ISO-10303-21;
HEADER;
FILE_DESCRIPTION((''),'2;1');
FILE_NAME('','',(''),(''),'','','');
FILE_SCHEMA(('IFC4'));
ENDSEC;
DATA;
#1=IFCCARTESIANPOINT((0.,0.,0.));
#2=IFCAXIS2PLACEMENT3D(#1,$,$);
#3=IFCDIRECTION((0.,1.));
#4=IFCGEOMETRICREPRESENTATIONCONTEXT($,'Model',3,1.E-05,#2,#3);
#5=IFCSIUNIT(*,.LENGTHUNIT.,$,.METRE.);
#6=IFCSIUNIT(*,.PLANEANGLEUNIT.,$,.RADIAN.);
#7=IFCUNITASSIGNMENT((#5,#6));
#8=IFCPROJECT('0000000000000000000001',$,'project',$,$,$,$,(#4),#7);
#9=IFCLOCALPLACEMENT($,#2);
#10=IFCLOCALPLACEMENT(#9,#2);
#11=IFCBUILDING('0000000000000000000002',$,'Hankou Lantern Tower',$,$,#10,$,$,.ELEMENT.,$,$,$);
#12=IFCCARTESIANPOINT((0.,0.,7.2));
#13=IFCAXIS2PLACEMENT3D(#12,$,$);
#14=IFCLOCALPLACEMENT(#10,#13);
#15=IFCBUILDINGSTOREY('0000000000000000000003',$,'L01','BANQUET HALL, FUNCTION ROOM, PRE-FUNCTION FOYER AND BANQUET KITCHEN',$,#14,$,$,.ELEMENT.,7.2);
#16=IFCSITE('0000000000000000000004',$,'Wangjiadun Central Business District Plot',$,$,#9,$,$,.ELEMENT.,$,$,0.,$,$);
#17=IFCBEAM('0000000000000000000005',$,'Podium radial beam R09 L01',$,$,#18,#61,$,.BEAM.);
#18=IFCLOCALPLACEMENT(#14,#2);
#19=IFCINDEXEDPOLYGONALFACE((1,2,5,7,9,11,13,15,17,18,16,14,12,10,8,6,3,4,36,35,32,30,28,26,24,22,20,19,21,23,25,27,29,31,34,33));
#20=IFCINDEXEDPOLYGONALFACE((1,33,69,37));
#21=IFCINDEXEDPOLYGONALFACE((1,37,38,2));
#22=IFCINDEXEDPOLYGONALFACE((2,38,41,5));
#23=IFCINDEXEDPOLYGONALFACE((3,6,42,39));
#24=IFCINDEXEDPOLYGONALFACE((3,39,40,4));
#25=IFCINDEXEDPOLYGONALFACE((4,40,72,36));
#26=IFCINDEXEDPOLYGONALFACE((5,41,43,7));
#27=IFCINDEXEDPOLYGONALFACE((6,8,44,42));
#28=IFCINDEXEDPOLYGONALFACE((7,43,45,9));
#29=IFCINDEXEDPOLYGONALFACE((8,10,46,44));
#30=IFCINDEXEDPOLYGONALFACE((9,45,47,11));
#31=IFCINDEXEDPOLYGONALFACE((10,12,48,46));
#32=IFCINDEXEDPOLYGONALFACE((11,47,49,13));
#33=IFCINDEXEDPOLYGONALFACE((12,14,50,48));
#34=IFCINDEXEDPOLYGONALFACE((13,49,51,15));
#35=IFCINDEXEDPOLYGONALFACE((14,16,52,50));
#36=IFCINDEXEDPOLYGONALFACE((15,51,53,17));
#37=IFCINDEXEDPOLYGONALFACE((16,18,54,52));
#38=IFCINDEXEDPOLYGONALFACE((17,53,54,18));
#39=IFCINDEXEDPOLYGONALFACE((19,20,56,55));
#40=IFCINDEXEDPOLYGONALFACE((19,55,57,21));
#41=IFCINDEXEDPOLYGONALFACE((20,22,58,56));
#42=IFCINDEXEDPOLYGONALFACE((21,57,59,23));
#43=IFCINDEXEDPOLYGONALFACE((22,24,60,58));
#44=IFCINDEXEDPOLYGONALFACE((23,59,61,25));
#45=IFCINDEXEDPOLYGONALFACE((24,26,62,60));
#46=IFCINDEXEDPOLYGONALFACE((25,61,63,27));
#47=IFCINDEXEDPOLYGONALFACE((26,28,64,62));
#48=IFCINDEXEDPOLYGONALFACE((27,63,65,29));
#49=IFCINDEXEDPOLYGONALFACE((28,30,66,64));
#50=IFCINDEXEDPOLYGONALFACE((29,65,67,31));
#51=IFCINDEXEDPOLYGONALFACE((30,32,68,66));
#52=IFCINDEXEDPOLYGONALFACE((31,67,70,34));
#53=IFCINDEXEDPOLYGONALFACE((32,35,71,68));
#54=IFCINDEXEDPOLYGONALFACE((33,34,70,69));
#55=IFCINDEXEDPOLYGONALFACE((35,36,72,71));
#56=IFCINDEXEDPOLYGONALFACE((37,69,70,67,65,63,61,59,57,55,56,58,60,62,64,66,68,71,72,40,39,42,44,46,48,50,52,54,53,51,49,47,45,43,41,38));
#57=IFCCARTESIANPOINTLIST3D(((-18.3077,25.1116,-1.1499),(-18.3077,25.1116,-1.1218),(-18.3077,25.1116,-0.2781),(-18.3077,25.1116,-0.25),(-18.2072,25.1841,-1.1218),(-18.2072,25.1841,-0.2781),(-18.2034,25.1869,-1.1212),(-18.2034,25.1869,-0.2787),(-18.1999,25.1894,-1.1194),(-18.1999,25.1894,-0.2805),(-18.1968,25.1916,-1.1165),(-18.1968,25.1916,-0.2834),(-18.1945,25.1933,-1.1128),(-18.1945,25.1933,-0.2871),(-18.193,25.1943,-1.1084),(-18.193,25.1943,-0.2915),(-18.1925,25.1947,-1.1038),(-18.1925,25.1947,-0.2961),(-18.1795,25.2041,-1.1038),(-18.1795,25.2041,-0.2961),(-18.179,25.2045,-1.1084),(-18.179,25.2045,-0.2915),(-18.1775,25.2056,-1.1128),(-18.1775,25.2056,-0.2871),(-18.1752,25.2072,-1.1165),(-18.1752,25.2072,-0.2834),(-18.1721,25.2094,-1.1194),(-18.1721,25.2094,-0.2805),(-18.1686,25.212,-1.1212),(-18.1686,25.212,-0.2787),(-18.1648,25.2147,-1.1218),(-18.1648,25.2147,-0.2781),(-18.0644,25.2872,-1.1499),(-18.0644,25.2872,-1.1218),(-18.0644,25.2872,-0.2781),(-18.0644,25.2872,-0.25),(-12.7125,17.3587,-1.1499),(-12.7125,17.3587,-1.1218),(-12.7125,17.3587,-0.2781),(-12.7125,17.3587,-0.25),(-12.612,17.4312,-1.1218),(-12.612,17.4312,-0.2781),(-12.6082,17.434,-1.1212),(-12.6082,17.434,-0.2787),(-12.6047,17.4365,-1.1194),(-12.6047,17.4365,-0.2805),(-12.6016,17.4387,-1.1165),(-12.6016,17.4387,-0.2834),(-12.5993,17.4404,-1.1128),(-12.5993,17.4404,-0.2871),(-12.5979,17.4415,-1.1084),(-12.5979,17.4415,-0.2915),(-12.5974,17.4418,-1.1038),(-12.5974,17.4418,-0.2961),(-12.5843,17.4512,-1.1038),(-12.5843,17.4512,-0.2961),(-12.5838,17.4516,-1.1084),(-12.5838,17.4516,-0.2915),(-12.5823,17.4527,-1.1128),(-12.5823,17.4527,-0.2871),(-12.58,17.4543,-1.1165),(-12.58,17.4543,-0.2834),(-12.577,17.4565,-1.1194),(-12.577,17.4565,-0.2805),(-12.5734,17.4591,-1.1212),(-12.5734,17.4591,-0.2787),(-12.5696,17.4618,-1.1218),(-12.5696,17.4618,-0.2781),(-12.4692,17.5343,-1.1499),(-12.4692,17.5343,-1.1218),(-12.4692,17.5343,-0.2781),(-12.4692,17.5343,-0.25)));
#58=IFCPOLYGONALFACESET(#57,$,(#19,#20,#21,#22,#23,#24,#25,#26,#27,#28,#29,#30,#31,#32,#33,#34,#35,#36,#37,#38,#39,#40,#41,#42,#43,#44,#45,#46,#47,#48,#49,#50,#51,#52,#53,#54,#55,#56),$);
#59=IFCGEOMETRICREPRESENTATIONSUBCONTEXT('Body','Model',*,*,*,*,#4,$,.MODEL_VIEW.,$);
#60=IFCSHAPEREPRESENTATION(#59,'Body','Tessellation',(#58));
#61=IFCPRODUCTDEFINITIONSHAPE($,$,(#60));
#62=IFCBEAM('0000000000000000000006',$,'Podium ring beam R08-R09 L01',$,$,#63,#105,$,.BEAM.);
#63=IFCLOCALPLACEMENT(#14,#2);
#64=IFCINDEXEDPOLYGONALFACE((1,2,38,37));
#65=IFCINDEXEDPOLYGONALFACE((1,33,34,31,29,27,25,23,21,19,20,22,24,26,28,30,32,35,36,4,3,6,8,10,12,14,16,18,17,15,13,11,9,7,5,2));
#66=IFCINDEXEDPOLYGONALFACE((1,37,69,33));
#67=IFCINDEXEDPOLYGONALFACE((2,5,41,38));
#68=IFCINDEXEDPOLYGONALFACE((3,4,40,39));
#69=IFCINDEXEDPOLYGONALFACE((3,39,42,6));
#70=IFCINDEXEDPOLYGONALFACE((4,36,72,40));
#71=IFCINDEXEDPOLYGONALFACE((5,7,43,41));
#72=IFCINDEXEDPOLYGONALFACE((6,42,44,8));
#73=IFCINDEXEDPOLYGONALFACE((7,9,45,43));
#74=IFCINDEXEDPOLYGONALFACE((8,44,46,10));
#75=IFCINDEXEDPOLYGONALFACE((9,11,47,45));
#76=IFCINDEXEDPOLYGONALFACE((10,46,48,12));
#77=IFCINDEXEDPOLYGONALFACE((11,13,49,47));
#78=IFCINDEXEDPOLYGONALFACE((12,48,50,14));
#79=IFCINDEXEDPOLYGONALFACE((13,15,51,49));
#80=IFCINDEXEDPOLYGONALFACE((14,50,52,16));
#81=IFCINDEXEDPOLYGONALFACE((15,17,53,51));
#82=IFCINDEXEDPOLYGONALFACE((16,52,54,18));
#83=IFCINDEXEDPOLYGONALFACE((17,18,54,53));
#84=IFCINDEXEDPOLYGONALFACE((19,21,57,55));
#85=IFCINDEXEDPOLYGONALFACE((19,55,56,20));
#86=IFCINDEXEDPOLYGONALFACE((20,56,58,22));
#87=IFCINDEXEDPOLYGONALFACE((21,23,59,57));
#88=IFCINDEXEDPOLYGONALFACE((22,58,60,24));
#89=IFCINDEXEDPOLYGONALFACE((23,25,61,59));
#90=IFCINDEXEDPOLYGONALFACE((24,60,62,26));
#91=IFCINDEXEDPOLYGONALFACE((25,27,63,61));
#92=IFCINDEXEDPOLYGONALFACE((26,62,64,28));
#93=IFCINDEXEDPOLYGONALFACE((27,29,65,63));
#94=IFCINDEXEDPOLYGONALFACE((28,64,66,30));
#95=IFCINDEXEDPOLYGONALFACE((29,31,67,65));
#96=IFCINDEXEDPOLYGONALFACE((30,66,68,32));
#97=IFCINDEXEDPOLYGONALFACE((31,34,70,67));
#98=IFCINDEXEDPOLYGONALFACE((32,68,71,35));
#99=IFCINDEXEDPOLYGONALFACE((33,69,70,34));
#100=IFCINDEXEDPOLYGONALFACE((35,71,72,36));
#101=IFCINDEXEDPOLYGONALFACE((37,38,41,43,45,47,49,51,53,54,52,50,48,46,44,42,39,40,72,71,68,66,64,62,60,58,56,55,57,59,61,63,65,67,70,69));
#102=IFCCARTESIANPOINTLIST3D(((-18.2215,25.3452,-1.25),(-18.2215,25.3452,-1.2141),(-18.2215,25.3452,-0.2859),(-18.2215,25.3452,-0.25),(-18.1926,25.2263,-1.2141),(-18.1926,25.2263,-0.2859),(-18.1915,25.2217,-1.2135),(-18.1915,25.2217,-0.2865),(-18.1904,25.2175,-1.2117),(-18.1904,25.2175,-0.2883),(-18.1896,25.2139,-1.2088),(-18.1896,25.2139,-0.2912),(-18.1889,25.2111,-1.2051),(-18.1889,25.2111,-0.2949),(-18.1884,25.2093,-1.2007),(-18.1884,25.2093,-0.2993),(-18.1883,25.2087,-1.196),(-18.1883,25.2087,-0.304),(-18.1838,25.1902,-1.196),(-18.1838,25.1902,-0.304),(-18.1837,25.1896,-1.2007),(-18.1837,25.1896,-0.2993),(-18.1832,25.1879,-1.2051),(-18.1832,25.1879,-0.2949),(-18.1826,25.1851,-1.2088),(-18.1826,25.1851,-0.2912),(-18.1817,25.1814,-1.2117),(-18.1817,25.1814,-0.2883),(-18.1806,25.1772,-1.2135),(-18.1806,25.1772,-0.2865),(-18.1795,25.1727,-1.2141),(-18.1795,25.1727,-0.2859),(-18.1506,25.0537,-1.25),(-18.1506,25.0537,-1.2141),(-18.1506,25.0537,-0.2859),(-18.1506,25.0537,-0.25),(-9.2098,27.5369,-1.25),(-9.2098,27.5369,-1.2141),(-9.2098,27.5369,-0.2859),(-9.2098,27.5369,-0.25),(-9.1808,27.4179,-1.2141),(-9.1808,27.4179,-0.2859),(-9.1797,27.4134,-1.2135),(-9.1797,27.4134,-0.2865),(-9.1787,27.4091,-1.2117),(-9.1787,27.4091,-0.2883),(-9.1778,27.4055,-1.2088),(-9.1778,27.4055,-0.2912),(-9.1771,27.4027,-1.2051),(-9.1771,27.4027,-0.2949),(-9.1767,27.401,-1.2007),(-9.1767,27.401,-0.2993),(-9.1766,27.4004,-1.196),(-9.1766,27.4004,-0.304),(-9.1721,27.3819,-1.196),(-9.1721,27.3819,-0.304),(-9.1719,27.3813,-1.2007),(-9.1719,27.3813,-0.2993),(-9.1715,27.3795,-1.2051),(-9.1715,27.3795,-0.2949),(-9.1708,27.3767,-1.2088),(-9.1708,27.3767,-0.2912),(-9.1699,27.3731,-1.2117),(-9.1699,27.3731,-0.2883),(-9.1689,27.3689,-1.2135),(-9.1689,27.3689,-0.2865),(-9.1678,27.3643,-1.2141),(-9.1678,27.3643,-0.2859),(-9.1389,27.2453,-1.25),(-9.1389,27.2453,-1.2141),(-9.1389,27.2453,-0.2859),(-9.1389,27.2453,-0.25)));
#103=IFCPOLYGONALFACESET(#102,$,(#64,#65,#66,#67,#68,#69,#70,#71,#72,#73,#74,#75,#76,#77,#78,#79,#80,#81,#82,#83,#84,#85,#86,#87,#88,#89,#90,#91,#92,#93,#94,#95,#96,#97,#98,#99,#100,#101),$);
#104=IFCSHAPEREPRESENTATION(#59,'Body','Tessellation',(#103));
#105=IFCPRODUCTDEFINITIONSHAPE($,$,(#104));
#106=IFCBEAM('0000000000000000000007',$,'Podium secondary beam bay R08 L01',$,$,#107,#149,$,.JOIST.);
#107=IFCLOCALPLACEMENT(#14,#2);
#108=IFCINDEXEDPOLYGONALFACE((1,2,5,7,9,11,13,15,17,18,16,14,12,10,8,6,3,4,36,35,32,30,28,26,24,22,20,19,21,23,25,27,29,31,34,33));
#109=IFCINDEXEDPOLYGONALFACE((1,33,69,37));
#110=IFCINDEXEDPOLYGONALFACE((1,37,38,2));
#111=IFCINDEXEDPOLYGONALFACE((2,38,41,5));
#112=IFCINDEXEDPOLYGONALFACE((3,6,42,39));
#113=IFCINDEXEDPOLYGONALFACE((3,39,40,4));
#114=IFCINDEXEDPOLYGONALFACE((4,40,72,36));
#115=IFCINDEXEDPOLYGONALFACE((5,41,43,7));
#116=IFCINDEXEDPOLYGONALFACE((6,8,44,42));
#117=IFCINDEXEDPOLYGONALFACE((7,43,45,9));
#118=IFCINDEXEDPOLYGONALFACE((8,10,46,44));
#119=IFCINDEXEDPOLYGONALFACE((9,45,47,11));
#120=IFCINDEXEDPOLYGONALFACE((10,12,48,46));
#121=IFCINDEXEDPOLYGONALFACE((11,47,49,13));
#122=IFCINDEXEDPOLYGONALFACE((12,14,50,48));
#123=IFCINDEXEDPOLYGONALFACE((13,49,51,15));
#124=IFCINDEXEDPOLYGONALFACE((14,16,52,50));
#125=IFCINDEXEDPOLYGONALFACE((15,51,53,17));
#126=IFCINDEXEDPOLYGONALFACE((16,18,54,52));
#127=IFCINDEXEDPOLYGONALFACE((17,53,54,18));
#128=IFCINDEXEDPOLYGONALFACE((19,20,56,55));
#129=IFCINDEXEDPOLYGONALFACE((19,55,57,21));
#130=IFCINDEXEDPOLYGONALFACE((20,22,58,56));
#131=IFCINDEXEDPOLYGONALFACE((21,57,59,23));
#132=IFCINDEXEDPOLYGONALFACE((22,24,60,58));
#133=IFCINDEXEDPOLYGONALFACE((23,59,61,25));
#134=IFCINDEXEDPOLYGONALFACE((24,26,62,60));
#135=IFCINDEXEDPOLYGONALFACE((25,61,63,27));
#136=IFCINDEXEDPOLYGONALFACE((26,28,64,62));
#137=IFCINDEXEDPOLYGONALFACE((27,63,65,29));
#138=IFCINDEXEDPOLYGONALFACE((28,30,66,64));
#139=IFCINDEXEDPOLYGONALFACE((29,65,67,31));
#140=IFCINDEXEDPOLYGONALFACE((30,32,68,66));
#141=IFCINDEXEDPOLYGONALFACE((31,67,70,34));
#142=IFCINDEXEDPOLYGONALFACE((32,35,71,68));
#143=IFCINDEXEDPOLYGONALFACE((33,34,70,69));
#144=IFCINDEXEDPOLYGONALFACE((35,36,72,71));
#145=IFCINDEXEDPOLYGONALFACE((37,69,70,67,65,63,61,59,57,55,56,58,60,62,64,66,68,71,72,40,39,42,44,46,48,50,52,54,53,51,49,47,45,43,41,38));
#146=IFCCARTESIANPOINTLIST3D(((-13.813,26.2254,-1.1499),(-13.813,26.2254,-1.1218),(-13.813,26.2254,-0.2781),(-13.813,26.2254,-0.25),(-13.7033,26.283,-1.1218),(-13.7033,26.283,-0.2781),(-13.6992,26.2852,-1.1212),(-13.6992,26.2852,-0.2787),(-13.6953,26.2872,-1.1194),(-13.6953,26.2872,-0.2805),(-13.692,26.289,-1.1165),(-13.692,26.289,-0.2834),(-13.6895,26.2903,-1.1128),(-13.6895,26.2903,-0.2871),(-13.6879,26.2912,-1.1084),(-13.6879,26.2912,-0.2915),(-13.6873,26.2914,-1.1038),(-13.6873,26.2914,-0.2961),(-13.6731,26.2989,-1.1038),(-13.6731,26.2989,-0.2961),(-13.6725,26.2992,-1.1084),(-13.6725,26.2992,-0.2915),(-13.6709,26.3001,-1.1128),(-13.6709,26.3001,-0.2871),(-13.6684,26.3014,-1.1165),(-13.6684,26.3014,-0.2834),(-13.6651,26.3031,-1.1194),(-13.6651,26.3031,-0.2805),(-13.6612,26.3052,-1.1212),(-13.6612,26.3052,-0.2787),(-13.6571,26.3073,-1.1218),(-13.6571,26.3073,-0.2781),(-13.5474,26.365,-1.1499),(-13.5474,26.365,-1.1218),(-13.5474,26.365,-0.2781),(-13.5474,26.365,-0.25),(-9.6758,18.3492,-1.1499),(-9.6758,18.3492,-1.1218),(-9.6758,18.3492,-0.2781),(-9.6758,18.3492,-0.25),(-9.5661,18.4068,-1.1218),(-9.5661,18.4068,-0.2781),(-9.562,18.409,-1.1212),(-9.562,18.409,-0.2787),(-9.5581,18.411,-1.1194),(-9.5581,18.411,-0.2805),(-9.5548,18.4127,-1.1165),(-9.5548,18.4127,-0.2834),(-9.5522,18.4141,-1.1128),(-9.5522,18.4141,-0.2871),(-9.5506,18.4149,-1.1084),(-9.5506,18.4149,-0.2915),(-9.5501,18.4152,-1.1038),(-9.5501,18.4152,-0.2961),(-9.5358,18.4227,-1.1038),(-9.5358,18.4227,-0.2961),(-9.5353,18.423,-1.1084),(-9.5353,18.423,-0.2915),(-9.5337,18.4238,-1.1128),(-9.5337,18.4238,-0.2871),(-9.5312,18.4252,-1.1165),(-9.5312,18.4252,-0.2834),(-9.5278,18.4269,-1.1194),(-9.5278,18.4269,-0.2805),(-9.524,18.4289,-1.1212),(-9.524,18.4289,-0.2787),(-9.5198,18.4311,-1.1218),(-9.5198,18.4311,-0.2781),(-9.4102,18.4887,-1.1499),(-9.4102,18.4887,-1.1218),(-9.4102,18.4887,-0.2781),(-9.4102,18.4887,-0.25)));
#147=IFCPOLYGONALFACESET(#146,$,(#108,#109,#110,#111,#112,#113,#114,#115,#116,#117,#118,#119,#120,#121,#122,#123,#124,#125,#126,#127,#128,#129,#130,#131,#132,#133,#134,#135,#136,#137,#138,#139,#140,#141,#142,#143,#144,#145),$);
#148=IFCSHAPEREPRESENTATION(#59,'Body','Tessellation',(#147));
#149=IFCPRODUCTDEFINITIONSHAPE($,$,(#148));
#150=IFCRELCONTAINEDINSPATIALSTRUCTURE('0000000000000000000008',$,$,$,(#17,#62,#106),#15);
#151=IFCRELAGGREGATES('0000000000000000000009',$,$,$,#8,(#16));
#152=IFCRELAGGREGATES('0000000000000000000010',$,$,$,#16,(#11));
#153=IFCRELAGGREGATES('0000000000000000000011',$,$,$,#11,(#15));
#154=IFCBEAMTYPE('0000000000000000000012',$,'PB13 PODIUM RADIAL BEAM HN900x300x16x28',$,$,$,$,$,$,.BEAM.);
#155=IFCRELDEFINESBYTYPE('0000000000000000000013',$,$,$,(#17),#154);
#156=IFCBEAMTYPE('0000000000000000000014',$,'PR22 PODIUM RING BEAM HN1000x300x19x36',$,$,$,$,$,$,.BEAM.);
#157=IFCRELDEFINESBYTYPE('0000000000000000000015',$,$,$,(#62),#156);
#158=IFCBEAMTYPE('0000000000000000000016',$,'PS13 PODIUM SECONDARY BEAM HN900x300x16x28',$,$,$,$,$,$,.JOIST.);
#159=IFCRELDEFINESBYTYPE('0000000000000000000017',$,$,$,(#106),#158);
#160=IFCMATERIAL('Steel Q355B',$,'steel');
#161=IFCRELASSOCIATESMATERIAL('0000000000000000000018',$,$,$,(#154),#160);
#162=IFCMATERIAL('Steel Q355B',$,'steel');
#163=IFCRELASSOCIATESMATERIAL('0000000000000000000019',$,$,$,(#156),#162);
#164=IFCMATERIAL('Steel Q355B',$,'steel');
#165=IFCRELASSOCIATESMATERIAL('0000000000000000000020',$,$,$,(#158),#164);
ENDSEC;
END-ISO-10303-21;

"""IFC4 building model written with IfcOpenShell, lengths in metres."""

from ifc_helpers import new_model, si_unit, direction, frame, origin, origin_2d, place, context, subcontext, project, spatial, i_section, extrude, material, material_profile, profile_set, type_object, element, save


model = new_model("IFC4")

# Units and contexts
model_context = context("Model", 3, precision=1e-05, world=origin(), true_north=direction((0.0, 1.0)))
body_context = subcontext(model_context, "Body", "Model", "MODEL_VIEW")
ifc_project = project(units=[si_unit("LENGTHUNIT", "METRE"), si_unit("PLANEANGLEUNIT", "RADIAN")], contexts=[model_context])

# Site, building, storey
site_placement = place(None, origin())
site = spatial("IfcSite", under=ifc_project, at=site_placement, Name="Wangjiadun Central Business District Plot", CompositionType="ELEMENT", RefElevation=0.0)
building_placement = place(site_placement, origin())
building = spatial("IfcBuilding", under=site, at=building_placement, Name="Hankou Lantern Tower", CompositionType="ELEMENT")
storey_placement = place(building_placement, frame((0.0, 0.0, 7.2)))
storey = spatial("IfcBuildingStorey", under=building, at=storey_placement, Name="L01", Description="BANQUET HALL, FUNCTION ROOM, PRE-FUNCTION FOYER AND BANQUET KITCHEN", CompositionType="ELEMENT", Elevation=7.2)

# Beams
ifc_material_1 = material(Name="Steel Q355B", Category="steel")
ifc_material_profile_1 = material_profile(ifc_material_1, i_section(OverallWidth=0.3, OverallDepth=0.8999, WebThickness=0.0161, FlangeThickness=0.0281, FilletRadius=0.0181, at=origin_2d()), Name="HN900x300x16x28")
ifc_profile_set_1 = profile_set([ifc_material_profile_1], Name="Steel Q355B")
beam_type_1 = type_object("IfcBeamType", Name="PB13 PODIUM RADIAL BEAM HN900x300x16x28", PredefinedType="BEAM", material=ifc_profile_set_1)
beam_1_placement = place(storey_placement, frame((-12.5908, 17.4465, -0.7), z_axis=(-0.585207, 0.810884, 0.0), x_axis=(-0.810884, -0.585207, 0.0)))
element("IfcBeam", 1, at=beam_1_placement, inside=storey, type_object=beam_type_1, Name="Podium radial beam R09 L01", PredefinedType="BEAM", context=body_context, shape_type="SweptSolid", body=[
    extrude(i_section(OverallWidth=0.3, OverallDepth=0.8999, WebThickness=0.0161, FlangeThickness=0.0281, FilletRadius=0.0181, at=origin_2d()), origin(), (0.0, 0.0, 1.0), 9.561),
])
ifc_material_2 = material(Name="Steel Q355B", Category="steel")
ifc_material_profile_2 = material_profile(ifc_material_2, i_section(OverallWidth=0.3, OverallDepth=1.0, WebThickness=0.019, FlangeThickness=0.0359, FilletRadius=0.0181, at=origin_2d()), Name="HN1000x300x19x36")
ifc_profile_set_2 = profile_set([ifc_material_profile_2], Name="Steel Q355B")
beam_type_2 = type_object("IfcBeamType", Name="PR22 PODIUM RING BEAM HN1000x300x19x36", PredefinedType="BEAM", material=ifc_profile_set_2)
beam_2_placement = place(storey_placement, frame((-9.1743, 27.3911, -0.75), z_axis=(-0.971677, -0.236312, 0.0), x_axis=(0.236312, -0.971677, 0.0)))
element("IfcBeam", 2, at=beam_2_placement, inside=storey, type_object=beam_type_2, Name="Podium ring beam R08-R09 L01", PredefinedType="BEAM", context=body_context, shape_type="SweptSolid", body=[
    extrude(i_section(OverallWidth=0.3, OverallDepth=1.0, WebThickness=0.019, FlangeThickness=0.0359, FilletRadius=0.0181, at=origin_2d()), origin(), (0.0, 0.0, 1.0), 9.2744),
])
ifc_material_3 = material(Name="Steel Q355B", Category="steel")
ifc_material_profile_3 = material_profile(ifc_material_3, i_section(OverallWidth=0.3, OverallDepth=0.8999, WebThickness=0.0161, FlangeThickness=0.0281, FilletRadius=0.0181, at=origin_2d()), Name="HN900x300x16x28")
ifc_profile_set_3 = profile_set([ifc_material_profile_3], Name="Steel Q355B")
beam_type_3 = type_object("IfcBeamType", Name="PS13 PODIUM SECONDARY BEAM HN900x300x16x28", PredefinedType="JOIST", material=ifc_profile_set_3)
beam_3_placement = place(storey_placement, frame((-9.543, 18.4189, -0.7), z_axis=(-0.465027, 0.885297, 0.0), x_axis=(-0.885297, -0.465027, 0.0)))
element("IfcBeam", 3, at=beam_3_placement, inside=storey, type_object=beam_type_3, Name="Podium secondary beam bay R08 L01", PredefinedType="JOIST", context=body_context, shape_type="SweptSolid", body=[
    extrude(i_section(OverallWidth=0.3, OverallDepth=0.8999, WebThickness=0.0161, FlangeThickness=0.0281, FilletRadius=0.0181, at=origin_2d()), origin(), (0.0, 0.0, 1.0), 8.8967),
])

save(model, "model.ifc")
